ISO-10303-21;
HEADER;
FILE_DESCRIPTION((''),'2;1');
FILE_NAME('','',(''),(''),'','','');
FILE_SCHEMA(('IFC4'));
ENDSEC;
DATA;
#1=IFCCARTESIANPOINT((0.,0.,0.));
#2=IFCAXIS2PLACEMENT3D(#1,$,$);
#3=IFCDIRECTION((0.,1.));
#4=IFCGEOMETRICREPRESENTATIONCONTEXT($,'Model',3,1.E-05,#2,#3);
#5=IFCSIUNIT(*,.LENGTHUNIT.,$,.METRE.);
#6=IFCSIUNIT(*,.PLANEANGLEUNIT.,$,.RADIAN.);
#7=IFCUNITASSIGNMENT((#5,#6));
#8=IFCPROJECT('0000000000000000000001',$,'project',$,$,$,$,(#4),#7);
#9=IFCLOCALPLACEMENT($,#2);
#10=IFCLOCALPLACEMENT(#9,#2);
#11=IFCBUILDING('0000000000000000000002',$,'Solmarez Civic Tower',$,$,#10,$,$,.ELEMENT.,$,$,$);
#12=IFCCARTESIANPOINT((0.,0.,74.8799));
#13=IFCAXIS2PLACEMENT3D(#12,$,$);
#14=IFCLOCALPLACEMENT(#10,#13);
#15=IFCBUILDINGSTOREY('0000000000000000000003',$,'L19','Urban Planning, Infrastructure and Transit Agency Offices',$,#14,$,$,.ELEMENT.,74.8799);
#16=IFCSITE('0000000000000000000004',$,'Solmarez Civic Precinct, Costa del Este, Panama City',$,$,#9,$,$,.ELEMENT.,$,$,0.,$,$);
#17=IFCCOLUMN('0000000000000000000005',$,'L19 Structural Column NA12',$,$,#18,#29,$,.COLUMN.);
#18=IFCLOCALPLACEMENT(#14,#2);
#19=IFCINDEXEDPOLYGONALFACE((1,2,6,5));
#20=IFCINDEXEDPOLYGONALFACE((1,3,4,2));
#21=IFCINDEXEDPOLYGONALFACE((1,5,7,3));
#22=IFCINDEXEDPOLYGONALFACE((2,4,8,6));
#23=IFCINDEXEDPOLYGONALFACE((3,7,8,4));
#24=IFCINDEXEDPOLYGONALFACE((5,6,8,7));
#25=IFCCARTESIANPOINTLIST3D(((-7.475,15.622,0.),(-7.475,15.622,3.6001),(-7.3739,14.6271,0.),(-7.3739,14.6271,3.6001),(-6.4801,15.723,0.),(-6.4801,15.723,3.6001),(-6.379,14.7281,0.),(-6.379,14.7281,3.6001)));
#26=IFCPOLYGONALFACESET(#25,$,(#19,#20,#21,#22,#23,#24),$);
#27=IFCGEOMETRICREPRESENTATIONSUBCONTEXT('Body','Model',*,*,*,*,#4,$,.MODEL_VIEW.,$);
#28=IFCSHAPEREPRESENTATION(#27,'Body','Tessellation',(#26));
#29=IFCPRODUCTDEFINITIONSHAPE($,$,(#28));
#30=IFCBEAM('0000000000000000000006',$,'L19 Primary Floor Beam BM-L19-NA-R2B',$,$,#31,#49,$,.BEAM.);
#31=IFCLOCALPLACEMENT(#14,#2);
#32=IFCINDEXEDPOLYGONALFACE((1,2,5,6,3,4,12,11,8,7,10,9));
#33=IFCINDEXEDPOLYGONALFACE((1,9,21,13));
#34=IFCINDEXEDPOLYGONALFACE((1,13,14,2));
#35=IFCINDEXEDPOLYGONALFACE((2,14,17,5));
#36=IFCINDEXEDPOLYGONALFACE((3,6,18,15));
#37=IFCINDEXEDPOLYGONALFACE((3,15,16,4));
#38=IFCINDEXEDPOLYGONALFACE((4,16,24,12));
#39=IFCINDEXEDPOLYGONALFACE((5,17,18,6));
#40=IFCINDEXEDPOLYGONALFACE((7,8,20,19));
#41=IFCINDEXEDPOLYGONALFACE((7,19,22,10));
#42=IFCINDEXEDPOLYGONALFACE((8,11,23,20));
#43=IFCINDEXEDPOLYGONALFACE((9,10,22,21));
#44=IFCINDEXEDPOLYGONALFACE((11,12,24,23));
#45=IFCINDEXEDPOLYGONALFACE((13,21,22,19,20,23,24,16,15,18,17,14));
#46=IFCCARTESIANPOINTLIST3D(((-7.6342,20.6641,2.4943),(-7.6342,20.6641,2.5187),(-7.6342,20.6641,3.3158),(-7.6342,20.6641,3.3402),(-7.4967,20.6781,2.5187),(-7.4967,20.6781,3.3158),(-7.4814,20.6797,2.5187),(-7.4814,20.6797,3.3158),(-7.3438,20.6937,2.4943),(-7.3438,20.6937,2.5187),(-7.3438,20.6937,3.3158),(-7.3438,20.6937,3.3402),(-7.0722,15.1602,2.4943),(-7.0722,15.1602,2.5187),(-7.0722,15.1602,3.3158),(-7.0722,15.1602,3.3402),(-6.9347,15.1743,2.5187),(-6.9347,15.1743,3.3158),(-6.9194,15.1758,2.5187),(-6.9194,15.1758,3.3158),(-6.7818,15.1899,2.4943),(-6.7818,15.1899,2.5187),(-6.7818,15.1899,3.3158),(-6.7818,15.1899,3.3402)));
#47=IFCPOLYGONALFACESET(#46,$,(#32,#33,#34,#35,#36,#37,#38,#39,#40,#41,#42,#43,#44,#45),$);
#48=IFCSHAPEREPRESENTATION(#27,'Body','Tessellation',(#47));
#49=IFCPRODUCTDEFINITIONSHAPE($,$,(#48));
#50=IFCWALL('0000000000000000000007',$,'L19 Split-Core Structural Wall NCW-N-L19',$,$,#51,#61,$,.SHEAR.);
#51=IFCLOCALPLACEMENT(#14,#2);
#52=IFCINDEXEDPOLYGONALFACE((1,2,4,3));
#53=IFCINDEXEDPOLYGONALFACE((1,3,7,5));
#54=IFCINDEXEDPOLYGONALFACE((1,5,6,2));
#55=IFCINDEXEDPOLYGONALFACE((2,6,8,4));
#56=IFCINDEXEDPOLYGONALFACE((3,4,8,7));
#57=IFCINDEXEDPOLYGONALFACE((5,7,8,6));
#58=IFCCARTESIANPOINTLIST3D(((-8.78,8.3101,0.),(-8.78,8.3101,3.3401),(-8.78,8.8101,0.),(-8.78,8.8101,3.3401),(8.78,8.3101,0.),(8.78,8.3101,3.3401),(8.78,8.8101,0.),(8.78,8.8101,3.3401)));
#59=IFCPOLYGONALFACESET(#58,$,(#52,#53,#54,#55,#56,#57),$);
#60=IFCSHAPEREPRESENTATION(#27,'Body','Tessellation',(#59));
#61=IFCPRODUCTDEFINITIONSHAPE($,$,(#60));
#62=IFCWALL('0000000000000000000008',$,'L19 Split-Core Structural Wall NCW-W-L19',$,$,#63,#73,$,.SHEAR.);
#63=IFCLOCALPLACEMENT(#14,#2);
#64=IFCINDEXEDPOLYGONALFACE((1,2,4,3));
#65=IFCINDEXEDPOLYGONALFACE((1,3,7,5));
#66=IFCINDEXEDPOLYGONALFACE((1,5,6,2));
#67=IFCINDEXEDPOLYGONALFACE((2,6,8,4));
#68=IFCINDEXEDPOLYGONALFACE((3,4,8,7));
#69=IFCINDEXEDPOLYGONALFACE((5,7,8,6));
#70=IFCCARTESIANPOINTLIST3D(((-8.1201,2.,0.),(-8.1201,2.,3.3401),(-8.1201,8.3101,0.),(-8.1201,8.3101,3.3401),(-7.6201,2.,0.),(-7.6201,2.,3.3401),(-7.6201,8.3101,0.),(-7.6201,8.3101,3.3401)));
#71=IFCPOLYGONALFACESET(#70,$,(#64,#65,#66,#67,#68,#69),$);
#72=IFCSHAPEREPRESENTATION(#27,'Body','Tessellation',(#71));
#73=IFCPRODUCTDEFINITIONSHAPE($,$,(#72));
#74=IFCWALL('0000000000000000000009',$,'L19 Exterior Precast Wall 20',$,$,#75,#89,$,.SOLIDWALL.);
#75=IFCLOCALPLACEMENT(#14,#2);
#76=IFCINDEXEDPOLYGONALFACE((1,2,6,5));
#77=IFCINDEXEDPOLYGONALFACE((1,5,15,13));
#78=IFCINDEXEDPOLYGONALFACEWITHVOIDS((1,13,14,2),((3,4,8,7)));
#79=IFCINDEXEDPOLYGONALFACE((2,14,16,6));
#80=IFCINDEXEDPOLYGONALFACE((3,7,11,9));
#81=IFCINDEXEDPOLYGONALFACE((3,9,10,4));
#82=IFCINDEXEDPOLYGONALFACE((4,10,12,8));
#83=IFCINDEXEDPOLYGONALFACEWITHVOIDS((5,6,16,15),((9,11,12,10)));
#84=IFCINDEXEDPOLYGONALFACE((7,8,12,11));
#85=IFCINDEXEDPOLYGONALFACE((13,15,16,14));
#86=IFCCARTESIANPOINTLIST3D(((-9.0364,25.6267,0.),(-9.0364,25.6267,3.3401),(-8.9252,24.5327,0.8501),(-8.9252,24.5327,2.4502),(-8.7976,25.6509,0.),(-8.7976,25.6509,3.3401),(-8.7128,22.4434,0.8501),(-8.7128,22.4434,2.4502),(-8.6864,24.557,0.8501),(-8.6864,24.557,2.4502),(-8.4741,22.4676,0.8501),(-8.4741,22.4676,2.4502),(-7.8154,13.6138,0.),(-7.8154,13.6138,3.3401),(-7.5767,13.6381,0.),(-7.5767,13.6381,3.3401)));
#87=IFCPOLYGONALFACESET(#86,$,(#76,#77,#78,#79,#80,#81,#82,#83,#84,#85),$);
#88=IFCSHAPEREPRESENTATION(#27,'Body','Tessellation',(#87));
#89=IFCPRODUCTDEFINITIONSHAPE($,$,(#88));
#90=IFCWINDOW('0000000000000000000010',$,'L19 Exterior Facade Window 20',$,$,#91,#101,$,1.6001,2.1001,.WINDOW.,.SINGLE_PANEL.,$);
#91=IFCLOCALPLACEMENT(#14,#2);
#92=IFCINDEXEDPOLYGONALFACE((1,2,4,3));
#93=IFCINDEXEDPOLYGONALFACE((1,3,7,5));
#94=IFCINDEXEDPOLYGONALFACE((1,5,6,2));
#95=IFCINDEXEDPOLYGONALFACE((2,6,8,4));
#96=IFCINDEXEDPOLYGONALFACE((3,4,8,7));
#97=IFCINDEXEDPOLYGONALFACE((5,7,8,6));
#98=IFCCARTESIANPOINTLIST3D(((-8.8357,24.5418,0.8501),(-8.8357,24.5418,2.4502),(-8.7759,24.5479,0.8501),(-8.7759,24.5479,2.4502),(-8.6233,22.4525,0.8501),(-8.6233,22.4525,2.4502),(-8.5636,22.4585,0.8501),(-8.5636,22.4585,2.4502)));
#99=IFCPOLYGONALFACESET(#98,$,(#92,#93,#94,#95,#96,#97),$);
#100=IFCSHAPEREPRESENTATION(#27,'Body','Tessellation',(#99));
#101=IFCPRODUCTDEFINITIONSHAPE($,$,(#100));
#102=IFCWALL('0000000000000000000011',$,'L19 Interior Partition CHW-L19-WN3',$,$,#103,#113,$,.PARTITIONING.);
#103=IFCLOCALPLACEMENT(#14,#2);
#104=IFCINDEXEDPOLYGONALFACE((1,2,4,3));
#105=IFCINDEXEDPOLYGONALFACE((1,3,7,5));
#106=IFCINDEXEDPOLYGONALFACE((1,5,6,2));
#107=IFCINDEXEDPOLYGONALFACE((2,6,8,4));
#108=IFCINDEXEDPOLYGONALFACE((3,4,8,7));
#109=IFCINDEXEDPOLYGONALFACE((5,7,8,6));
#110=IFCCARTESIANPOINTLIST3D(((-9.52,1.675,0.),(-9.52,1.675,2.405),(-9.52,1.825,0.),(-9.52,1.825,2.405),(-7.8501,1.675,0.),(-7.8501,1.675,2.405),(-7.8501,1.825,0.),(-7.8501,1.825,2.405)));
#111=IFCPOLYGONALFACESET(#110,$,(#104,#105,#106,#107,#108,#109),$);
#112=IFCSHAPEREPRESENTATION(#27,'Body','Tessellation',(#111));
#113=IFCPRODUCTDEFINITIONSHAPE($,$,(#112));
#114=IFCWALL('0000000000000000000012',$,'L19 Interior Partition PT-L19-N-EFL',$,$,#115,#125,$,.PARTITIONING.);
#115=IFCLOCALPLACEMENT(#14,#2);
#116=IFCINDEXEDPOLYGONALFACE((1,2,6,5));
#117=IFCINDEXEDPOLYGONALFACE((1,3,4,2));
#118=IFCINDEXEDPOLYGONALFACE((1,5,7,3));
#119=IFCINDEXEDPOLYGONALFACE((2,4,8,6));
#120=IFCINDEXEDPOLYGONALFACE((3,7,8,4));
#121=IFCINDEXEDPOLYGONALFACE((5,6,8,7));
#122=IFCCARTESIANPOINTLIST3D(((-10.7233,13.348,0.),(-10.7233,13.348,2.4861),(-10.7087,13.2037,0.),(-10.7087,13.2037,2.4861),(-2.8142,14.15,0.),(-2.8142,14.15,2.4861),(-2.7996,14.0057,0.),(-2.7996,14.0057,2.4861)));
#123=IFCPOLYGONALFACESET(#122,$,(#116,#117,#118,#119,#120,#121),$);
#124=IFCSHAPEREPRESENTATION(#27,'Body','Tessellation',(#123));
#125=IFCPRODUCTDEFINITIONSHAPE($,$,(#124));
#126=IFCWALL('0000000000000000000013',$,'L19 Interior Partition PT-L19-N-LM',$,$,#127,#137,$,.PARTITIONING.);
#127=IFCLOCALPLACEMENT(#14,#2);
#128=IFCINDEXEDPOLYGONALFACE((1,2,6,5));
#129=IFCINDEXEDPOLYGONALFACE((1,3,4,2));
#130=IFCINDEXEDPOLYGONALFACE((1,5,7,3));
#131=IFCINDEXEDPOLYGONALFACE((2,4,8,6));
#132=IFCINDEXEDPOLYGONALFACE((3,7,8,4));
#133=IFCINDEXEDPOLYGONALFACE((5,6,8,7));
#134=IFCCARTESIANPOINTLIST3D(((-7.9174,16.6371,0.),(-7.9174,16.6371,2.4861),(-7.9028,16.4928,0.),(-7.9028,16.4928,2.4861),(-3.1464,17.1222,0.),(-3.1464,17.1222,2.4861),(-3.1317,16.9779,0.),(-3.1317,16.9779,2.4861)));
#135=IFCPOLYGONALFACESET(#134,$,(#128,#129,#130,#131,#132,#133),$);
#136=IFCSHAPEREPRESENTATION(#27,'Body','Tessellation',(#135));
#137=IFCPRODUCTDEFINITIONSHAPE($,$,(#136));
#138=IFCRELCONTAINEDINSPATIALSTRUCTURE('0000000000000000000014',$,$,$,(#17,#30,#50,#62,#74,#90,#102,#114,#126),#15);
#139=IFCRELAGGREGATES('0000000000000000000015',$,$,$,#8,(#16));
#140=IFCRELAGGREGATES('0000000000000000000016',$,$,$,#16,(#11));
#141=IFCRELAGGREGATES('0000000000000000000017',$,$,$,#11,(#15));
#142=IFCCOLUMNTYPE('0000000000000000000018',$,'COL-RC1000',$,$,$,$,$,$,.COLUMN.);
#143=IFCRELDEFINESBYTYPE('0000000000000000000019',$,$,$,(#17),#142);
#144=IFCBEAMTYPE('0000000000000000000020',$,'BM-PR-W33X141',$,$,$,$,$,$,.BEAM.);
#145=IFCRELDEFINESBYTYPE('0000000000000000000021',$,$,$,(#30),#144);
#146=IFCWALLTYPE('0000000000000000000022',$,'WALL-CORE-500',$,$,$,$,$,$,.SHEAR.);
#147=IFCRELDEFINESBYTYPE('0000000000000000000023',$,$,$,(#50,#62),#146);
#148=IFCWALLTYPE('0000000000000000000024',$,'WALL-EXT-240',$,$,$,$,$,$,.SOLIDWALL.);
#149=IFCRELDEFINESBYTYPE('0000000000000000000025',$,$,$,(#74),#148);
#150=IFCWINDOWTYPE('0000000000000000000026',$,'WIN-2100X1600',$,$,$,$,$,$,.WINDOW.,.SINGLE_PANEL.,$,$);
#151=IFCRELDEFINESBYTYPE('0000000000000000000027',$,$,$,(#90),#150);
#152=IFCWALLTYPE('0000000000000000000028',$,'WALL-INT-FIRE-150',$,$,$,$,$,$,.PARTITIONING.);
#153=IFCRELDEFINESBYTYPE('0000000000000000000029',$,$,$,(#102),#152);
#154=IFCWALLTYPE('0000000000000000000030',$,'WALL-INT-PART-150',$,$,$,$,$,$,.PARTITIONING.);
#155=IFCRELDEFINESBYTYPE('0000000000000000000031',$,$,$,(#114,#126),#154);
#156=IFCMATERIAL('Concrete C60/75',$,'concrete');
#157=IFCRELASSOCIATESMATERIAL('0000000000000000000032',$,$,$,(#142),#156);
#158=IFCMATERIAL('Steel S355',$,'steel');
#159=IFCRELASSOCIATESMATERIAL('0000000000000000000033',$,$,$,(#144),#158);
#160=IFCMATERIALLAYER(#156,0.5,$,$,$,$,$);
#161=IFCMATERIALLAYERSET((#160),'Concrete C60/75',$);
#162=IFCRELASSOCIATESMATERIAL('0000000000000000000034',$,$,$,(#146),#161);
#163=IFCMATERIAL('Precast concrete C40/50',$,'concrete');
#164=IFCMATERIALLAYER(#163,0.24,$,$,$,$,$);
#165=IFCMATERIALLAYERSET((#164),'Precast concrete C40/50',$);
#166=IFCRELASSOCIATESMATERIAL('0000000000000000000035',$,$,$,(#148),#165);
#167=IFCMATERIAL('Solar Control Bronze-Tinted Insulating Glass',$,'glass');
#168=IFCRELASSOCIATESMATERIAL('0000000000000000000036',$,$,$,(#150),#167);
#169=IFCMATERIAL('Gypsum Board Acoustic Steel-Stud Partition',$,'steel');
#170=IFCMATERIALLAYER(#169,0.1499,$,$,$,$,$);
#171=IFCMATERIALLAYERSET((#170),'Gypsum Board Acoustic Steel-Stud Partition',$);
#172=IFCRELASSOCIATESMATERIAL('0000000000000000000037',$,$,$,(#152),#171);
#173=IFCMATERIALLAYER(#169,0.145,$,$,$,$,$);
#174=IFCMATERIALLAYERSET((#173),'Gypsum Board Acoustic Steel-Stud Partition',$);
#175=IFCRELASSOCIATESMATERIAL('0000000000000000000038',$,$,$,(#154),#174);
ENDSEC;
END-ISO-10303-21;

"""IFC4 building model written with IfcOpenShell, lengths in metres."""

from ifc_helpers import new_model, si_unit, direction, frame, frame_2d, origin, origin_2d, place, context, subcontext, project, spatial, rectangle, i_section, extrude, material, layer, layer_set, material_profile, profile_set, type_object, element, fill, save


model = new_model("IFC4")

# Units and contexts
model_context = context("Model", 3, precision=1e-05, world=origin(), true_north=direction((0.0, 1.0)))
body_context = subcontext(model_context, "Body", "Model", "MODEL_VIEW")
ifc_project = project(units=[si_unit("LENGTHUNIT", "METRE"), si_unit("PLANEANGLEUNIT", "RADIAN")], contexts=[model_context])

# Site, building, storey
site_placement = place(None, origin())
site = spatial("IfcSite", under=ifc_project, at=site_placement, Name="Solmarez Civic Precinct, Costa del Este, Panama City", CompositionType="ELEMENT", RefElevation=0.0)
building_placement = place(site_placement, origin())
building = spatial("IfcBuilding", under=site, at=building_placement, Name="Solmarez Civic Tower", CompositionType="ELEMENT")
storey_placement = place(building_placement, frame((0.0, 0.0, 74.8799)))
storey = spatial("IfcBuildingStorey", under=building, at=storey_placement, Name="L19", Description="Urban Planning, Infrastructure and Transit Agency Offices", CompositionType="ELEMENT", Elevation=74.8799)

# Column
ifc_material_1 = material(Name="Concrete C60/75", Category="concrete")
ifc_material_profile_1 = material_profile(ifc_material_1, rectangle(XDim=1.0, YDim=1.0, at=origin_2d()), Name="RC1000X1000")
ifc_profile_set_1 = profile_set([ifc_material_profile_1], Name="Concrete C60/75")
column_type = type_object("IfcColumnType", Name="COL-RC1000", PredefinedType="COLUMN", material=ifc_profile_set_1)
column_placement = place(storey_placement, frame((-6.927, 15.175, 0.0), z_axis=(0.0, 0.0, 1.0), x_axis=(0.994881, 0.101056, 0.0)))
element("IfcColumn", 1, at=column_placement, inside=storey, type_object=column_type, Name="L19 Structural Column NA12", PredefinedType="COLUMN", context=body_context, shape_type="SweptSolid", body=[
    extrude(rectangle(XDim=1.0, YDim=1.0, at=origin_2d()), origin(), (0.0, 0.0, 1.0), 3.6001),
])

# Beam
ifc_material_2 = material(Name="Steel S355", Category="steel")
ifc_material_profile_2 = material_profile(ifc_material_2, i_section(OverallWidth=0.292, OverallDepth=0.8459, WebThickness=0.0154, FlangeThickness=0.0244, at=origin_2d()), Name="W33X141")
ifc_profile_set_2 = profile_set([ifc_material_profile_2], Name="Steel S355")
beam_type = type_object("IfcBeamType", Name="BM-PR-W33X141", PredefinedType="BEAM", material=ifc_profile_set_2)
beam_placement = place(storey_placement, frame((-6.927, 15.175, 2.9172), z_axis=(-0.101583, 0.994827, 0.0), x_axis=(-0.994827, -0.101583, 0.0)))
element("IfcBeam", 2, at=beam_placement, inside=storey, type_object=beam_type, Name="L19 Primary Floor Beam BM-L19-NA-R2B", PredefinedType="BEAM", context=body_context, shape_type="SweptSolid", body=[
    extrude(i_section(OverallWidth=0.292, OverallDepth=0.8459, WebThickness=0.0154, FlangeThickness=0.0244, at=origin_2d()), origin(), (0.0, 0.0, 1.0), 5.5325),
])

# Walls
ifc_layer_1 = layer(ifc_material_1, 0.5)
ifc_layer_set_1 = layer_set([ifc_layer_1], Name="Concrete C60/75")
wall_type_1 = type_object("IfcWallType", Name="WALL-CORE-500", PredefinedType="SHEAR", material=ifc_layer_set_1)
wall_1_placement = place(storey_placement, frame((-8.78, 8.5601, 0.0), z_axis=(0.0, 0.0, 1.0), x_axis=(1.0, 0.0, 0.0)))
element("IfcWall", 3, at=wall_1_placement, inside=storey, type_object=wall_type_1, Name="L19 Split-Core Structural Wall NCW-N-L19", PredefinedType="SHEAR", context=body_context, shape_type="SweptSolid", body=[
    extrude(rectangle(XDim=17.5601, YDim=0.5, at=frame_2d((8.78, 0.0))), origin(), (0.0, 0.0, 1.0), 3.3401),
])
wall_2_placement = place(storey_placement, frame((-7.8701, 2.0, 0.0), z_axis=(0.0, 0.0, 1.0), x_axis=(0.0, 1.0, 0.0)))
element("IfcWall", 4, at=wall_2_placement, inside=storey, type_object=wall_type_1, Name="L19 Split-Core Structural Wall NCW-W-L19", PredefinedType="SHEAR", context=body_context, shape_type="SweptSolid", body=[
    extrude(rectangle(XDim=6.3101, YDim=0.5, at=frame_2d((3.155, 0.0))), origin(), (0.0, 0.0, 1.0), 3.3401),
])

# Wall, opening, window
ifc_material_3 = material(Name="Precast concrete C40/50", Category="concrete")
ifc_layer_2 = layer(ifc_material_3, 0.24)
ifc_layer_set_2 = layer_set([ifc_layer_2], Name="Precast concrete C40/50")
wall_type_2 = type_object("IfcWallType", Name="WALL-EXT-240", PredefinedType="SOLIDWALL", material=ifc_layer_set_2)
wall_3_placement = place(storey_placement, frame((-7.696, 13.626, 0.0), z_axis=(0.0, 0.0, 1.0), x_axis=(-0.101115, 0.994875, 0.0)))
wall_3 = element("IfcWall", 5, at=wall_3_placement, inside=storey, type_object=wall_type_2, Name="L19 Exterior Precast Wall 20", PredefinedType="SOLIDWALL", context=body_context, shape_type="SweptSolid", body=[
    extrude(rectangle(XDim=12.0747, YDim=0.24, at=frame_2d((6.0374, 0.0))), origin(), (0.0, 0.0, 1.0), 3.3401),
])
opening_1_placement = place(wall_3_placement, frame((8.875, 0.0, 0.8501)))
opening_1 = element("IfcOpeningElement", 6, at=opening_1_placement, cuts=wall_3, PredefinedType="OPENING", context=body_context, shape_type="SweptSolid", body=[
    extrude(rectangle(XDim=2.1001, YDim=1.6001, at=frame_2d((1.05, 0.8))), frame((0.0, 0.1299, 0.0), z_axis=(0.0, -1.0, 0.0), x_axis=(1.0, 0.0, 0.0)), (0.0, 0.0, 1.0), 0.26),
])
ifc_material_4 = material(Name="Solar Control Bronze-Tinted Insulating Glass", Category="glass")
window_type = type_object("IfcWindowType", Name="WIN-2100X1600", PartitioningType="SINGLE_PANEL", PredefinedType="WINDOW", material=ifc_material_4)
window_placement = place(opening_1_placement, origin())
window = element("IfcWindow", 7, at=window_placement, inside=storey, type_object=window_type, Name="L19 Exterior Facade Window 20", OverallHeight=1.6001, OverallWidth=2.1001, PartitioningType="SINGLE_PANEL", PredefinedType="WINDOW", context=body_context, shape_type="SweptSolid", body=[
    extrude(rectangle(XDim=2.1001, YDim=1.6001, at=frame_2d((1.05, 0.8))), frame((0.0, 0.03, 0.0), z_axis=(0.0, -1.0, 0.0), x_axis=(1.0, 0.0, 0.0)), (0.0, 0.0, 1.0), 0.0601),
])
fill(opening_1, window)

# Walls
ifc_material_5 = material(Name="Gypsum Board Acoustic Steel-Stud Partition", Category="steel")
ifc_layer_3 = layer(ifc_material_5, 0.1499)
ifc_layer_set_3 = layer_set([ifc_layer_3], Name="Gypsum Board Acoustic Steel-Stud Partition")
wall_type_3 = type_object("IfcWallType", Name="WALL-INT-FIRE-150", PredefinedType="PARTITIONING", material=ifc_layer_set_3)
wall_4_placement = place(storey_placement, frame((-7.8501, 1.75, 0.0), z_axis=(0.0, 0.0, 1.0), x_axis=(-1.0, 0.0, 0.0)))
element("IfcWall", 8, at=wall_4_placement, inside=storey, type_object=wall_type_3, Name="L19 Interior Partition CHW-L19-WN3", PredefinedType="PARTITIONING", context=body_context, shape_type="SweptSolid", body=[
    extrude(rectangle(XDim=1.6699, YDim=0.1499, at=frame_2d((0.835, 0.0))), origin(), (0.0, 0.0, 1.0), 2.405),
])
ifc_layer_4 = layer(ifc_material_5, 0.145)
ifc_layer_set_4 = layer_set([ifc_layer_4], Name="Gypsum Board Acoustic Steel-Stud Partition")
wall_type_4 = type_object("IfcWallType", Name="WALL-INT-PART-150", PredefinedType="PARTITIONING", material=ifc_layer_set_4)
wall_5_placement = place(storey_placement, frame((-2.8069, 14.0779, 0.0), z_axis=(0.0, 0.0, 1.0), x_axis=(-0.994898, -0.100884, 0.0)))
element("IfcWall", 9, at=wall_5_placement, inside=storey, type_object=wall_type_4, Name="L19 Interior Partition PT-L19-N-EFL", PredefinedType="PARTITIONING", context=body_context, shape_type="SweptSolid", body=[
    extrude(rectangle(XDim=7.9497, YDim=0.145, at=frame_2d((3.9749, 0.0))), origin(), (0.0, 0.0, 1.0), 2.4861),
])
wall_6_placement = place(storey_placement, frame((-3.1389, 17.05, 0.0), z_axis=(0.0, 0.0, 1.0), x_axis=(-0.99487, -0.101157, 0.0)))
element("IfcWall", 10, at=wall_6_placement, inside=storey, type_object=wall_type_4, Name="L19 Interior Partition PT-L19-N-LM", PredefinedType="PARTITIONING", context=body_context, shape_type="SweptSolid", body=[
    extrude(rectangle(XDim=4.7957, YDim=0.145, at=frame_2d((2.3979, 0.0))), origin(), (0.0, 0.0, 1.0), 2.4861),
])

save(model, "model.ifc")
